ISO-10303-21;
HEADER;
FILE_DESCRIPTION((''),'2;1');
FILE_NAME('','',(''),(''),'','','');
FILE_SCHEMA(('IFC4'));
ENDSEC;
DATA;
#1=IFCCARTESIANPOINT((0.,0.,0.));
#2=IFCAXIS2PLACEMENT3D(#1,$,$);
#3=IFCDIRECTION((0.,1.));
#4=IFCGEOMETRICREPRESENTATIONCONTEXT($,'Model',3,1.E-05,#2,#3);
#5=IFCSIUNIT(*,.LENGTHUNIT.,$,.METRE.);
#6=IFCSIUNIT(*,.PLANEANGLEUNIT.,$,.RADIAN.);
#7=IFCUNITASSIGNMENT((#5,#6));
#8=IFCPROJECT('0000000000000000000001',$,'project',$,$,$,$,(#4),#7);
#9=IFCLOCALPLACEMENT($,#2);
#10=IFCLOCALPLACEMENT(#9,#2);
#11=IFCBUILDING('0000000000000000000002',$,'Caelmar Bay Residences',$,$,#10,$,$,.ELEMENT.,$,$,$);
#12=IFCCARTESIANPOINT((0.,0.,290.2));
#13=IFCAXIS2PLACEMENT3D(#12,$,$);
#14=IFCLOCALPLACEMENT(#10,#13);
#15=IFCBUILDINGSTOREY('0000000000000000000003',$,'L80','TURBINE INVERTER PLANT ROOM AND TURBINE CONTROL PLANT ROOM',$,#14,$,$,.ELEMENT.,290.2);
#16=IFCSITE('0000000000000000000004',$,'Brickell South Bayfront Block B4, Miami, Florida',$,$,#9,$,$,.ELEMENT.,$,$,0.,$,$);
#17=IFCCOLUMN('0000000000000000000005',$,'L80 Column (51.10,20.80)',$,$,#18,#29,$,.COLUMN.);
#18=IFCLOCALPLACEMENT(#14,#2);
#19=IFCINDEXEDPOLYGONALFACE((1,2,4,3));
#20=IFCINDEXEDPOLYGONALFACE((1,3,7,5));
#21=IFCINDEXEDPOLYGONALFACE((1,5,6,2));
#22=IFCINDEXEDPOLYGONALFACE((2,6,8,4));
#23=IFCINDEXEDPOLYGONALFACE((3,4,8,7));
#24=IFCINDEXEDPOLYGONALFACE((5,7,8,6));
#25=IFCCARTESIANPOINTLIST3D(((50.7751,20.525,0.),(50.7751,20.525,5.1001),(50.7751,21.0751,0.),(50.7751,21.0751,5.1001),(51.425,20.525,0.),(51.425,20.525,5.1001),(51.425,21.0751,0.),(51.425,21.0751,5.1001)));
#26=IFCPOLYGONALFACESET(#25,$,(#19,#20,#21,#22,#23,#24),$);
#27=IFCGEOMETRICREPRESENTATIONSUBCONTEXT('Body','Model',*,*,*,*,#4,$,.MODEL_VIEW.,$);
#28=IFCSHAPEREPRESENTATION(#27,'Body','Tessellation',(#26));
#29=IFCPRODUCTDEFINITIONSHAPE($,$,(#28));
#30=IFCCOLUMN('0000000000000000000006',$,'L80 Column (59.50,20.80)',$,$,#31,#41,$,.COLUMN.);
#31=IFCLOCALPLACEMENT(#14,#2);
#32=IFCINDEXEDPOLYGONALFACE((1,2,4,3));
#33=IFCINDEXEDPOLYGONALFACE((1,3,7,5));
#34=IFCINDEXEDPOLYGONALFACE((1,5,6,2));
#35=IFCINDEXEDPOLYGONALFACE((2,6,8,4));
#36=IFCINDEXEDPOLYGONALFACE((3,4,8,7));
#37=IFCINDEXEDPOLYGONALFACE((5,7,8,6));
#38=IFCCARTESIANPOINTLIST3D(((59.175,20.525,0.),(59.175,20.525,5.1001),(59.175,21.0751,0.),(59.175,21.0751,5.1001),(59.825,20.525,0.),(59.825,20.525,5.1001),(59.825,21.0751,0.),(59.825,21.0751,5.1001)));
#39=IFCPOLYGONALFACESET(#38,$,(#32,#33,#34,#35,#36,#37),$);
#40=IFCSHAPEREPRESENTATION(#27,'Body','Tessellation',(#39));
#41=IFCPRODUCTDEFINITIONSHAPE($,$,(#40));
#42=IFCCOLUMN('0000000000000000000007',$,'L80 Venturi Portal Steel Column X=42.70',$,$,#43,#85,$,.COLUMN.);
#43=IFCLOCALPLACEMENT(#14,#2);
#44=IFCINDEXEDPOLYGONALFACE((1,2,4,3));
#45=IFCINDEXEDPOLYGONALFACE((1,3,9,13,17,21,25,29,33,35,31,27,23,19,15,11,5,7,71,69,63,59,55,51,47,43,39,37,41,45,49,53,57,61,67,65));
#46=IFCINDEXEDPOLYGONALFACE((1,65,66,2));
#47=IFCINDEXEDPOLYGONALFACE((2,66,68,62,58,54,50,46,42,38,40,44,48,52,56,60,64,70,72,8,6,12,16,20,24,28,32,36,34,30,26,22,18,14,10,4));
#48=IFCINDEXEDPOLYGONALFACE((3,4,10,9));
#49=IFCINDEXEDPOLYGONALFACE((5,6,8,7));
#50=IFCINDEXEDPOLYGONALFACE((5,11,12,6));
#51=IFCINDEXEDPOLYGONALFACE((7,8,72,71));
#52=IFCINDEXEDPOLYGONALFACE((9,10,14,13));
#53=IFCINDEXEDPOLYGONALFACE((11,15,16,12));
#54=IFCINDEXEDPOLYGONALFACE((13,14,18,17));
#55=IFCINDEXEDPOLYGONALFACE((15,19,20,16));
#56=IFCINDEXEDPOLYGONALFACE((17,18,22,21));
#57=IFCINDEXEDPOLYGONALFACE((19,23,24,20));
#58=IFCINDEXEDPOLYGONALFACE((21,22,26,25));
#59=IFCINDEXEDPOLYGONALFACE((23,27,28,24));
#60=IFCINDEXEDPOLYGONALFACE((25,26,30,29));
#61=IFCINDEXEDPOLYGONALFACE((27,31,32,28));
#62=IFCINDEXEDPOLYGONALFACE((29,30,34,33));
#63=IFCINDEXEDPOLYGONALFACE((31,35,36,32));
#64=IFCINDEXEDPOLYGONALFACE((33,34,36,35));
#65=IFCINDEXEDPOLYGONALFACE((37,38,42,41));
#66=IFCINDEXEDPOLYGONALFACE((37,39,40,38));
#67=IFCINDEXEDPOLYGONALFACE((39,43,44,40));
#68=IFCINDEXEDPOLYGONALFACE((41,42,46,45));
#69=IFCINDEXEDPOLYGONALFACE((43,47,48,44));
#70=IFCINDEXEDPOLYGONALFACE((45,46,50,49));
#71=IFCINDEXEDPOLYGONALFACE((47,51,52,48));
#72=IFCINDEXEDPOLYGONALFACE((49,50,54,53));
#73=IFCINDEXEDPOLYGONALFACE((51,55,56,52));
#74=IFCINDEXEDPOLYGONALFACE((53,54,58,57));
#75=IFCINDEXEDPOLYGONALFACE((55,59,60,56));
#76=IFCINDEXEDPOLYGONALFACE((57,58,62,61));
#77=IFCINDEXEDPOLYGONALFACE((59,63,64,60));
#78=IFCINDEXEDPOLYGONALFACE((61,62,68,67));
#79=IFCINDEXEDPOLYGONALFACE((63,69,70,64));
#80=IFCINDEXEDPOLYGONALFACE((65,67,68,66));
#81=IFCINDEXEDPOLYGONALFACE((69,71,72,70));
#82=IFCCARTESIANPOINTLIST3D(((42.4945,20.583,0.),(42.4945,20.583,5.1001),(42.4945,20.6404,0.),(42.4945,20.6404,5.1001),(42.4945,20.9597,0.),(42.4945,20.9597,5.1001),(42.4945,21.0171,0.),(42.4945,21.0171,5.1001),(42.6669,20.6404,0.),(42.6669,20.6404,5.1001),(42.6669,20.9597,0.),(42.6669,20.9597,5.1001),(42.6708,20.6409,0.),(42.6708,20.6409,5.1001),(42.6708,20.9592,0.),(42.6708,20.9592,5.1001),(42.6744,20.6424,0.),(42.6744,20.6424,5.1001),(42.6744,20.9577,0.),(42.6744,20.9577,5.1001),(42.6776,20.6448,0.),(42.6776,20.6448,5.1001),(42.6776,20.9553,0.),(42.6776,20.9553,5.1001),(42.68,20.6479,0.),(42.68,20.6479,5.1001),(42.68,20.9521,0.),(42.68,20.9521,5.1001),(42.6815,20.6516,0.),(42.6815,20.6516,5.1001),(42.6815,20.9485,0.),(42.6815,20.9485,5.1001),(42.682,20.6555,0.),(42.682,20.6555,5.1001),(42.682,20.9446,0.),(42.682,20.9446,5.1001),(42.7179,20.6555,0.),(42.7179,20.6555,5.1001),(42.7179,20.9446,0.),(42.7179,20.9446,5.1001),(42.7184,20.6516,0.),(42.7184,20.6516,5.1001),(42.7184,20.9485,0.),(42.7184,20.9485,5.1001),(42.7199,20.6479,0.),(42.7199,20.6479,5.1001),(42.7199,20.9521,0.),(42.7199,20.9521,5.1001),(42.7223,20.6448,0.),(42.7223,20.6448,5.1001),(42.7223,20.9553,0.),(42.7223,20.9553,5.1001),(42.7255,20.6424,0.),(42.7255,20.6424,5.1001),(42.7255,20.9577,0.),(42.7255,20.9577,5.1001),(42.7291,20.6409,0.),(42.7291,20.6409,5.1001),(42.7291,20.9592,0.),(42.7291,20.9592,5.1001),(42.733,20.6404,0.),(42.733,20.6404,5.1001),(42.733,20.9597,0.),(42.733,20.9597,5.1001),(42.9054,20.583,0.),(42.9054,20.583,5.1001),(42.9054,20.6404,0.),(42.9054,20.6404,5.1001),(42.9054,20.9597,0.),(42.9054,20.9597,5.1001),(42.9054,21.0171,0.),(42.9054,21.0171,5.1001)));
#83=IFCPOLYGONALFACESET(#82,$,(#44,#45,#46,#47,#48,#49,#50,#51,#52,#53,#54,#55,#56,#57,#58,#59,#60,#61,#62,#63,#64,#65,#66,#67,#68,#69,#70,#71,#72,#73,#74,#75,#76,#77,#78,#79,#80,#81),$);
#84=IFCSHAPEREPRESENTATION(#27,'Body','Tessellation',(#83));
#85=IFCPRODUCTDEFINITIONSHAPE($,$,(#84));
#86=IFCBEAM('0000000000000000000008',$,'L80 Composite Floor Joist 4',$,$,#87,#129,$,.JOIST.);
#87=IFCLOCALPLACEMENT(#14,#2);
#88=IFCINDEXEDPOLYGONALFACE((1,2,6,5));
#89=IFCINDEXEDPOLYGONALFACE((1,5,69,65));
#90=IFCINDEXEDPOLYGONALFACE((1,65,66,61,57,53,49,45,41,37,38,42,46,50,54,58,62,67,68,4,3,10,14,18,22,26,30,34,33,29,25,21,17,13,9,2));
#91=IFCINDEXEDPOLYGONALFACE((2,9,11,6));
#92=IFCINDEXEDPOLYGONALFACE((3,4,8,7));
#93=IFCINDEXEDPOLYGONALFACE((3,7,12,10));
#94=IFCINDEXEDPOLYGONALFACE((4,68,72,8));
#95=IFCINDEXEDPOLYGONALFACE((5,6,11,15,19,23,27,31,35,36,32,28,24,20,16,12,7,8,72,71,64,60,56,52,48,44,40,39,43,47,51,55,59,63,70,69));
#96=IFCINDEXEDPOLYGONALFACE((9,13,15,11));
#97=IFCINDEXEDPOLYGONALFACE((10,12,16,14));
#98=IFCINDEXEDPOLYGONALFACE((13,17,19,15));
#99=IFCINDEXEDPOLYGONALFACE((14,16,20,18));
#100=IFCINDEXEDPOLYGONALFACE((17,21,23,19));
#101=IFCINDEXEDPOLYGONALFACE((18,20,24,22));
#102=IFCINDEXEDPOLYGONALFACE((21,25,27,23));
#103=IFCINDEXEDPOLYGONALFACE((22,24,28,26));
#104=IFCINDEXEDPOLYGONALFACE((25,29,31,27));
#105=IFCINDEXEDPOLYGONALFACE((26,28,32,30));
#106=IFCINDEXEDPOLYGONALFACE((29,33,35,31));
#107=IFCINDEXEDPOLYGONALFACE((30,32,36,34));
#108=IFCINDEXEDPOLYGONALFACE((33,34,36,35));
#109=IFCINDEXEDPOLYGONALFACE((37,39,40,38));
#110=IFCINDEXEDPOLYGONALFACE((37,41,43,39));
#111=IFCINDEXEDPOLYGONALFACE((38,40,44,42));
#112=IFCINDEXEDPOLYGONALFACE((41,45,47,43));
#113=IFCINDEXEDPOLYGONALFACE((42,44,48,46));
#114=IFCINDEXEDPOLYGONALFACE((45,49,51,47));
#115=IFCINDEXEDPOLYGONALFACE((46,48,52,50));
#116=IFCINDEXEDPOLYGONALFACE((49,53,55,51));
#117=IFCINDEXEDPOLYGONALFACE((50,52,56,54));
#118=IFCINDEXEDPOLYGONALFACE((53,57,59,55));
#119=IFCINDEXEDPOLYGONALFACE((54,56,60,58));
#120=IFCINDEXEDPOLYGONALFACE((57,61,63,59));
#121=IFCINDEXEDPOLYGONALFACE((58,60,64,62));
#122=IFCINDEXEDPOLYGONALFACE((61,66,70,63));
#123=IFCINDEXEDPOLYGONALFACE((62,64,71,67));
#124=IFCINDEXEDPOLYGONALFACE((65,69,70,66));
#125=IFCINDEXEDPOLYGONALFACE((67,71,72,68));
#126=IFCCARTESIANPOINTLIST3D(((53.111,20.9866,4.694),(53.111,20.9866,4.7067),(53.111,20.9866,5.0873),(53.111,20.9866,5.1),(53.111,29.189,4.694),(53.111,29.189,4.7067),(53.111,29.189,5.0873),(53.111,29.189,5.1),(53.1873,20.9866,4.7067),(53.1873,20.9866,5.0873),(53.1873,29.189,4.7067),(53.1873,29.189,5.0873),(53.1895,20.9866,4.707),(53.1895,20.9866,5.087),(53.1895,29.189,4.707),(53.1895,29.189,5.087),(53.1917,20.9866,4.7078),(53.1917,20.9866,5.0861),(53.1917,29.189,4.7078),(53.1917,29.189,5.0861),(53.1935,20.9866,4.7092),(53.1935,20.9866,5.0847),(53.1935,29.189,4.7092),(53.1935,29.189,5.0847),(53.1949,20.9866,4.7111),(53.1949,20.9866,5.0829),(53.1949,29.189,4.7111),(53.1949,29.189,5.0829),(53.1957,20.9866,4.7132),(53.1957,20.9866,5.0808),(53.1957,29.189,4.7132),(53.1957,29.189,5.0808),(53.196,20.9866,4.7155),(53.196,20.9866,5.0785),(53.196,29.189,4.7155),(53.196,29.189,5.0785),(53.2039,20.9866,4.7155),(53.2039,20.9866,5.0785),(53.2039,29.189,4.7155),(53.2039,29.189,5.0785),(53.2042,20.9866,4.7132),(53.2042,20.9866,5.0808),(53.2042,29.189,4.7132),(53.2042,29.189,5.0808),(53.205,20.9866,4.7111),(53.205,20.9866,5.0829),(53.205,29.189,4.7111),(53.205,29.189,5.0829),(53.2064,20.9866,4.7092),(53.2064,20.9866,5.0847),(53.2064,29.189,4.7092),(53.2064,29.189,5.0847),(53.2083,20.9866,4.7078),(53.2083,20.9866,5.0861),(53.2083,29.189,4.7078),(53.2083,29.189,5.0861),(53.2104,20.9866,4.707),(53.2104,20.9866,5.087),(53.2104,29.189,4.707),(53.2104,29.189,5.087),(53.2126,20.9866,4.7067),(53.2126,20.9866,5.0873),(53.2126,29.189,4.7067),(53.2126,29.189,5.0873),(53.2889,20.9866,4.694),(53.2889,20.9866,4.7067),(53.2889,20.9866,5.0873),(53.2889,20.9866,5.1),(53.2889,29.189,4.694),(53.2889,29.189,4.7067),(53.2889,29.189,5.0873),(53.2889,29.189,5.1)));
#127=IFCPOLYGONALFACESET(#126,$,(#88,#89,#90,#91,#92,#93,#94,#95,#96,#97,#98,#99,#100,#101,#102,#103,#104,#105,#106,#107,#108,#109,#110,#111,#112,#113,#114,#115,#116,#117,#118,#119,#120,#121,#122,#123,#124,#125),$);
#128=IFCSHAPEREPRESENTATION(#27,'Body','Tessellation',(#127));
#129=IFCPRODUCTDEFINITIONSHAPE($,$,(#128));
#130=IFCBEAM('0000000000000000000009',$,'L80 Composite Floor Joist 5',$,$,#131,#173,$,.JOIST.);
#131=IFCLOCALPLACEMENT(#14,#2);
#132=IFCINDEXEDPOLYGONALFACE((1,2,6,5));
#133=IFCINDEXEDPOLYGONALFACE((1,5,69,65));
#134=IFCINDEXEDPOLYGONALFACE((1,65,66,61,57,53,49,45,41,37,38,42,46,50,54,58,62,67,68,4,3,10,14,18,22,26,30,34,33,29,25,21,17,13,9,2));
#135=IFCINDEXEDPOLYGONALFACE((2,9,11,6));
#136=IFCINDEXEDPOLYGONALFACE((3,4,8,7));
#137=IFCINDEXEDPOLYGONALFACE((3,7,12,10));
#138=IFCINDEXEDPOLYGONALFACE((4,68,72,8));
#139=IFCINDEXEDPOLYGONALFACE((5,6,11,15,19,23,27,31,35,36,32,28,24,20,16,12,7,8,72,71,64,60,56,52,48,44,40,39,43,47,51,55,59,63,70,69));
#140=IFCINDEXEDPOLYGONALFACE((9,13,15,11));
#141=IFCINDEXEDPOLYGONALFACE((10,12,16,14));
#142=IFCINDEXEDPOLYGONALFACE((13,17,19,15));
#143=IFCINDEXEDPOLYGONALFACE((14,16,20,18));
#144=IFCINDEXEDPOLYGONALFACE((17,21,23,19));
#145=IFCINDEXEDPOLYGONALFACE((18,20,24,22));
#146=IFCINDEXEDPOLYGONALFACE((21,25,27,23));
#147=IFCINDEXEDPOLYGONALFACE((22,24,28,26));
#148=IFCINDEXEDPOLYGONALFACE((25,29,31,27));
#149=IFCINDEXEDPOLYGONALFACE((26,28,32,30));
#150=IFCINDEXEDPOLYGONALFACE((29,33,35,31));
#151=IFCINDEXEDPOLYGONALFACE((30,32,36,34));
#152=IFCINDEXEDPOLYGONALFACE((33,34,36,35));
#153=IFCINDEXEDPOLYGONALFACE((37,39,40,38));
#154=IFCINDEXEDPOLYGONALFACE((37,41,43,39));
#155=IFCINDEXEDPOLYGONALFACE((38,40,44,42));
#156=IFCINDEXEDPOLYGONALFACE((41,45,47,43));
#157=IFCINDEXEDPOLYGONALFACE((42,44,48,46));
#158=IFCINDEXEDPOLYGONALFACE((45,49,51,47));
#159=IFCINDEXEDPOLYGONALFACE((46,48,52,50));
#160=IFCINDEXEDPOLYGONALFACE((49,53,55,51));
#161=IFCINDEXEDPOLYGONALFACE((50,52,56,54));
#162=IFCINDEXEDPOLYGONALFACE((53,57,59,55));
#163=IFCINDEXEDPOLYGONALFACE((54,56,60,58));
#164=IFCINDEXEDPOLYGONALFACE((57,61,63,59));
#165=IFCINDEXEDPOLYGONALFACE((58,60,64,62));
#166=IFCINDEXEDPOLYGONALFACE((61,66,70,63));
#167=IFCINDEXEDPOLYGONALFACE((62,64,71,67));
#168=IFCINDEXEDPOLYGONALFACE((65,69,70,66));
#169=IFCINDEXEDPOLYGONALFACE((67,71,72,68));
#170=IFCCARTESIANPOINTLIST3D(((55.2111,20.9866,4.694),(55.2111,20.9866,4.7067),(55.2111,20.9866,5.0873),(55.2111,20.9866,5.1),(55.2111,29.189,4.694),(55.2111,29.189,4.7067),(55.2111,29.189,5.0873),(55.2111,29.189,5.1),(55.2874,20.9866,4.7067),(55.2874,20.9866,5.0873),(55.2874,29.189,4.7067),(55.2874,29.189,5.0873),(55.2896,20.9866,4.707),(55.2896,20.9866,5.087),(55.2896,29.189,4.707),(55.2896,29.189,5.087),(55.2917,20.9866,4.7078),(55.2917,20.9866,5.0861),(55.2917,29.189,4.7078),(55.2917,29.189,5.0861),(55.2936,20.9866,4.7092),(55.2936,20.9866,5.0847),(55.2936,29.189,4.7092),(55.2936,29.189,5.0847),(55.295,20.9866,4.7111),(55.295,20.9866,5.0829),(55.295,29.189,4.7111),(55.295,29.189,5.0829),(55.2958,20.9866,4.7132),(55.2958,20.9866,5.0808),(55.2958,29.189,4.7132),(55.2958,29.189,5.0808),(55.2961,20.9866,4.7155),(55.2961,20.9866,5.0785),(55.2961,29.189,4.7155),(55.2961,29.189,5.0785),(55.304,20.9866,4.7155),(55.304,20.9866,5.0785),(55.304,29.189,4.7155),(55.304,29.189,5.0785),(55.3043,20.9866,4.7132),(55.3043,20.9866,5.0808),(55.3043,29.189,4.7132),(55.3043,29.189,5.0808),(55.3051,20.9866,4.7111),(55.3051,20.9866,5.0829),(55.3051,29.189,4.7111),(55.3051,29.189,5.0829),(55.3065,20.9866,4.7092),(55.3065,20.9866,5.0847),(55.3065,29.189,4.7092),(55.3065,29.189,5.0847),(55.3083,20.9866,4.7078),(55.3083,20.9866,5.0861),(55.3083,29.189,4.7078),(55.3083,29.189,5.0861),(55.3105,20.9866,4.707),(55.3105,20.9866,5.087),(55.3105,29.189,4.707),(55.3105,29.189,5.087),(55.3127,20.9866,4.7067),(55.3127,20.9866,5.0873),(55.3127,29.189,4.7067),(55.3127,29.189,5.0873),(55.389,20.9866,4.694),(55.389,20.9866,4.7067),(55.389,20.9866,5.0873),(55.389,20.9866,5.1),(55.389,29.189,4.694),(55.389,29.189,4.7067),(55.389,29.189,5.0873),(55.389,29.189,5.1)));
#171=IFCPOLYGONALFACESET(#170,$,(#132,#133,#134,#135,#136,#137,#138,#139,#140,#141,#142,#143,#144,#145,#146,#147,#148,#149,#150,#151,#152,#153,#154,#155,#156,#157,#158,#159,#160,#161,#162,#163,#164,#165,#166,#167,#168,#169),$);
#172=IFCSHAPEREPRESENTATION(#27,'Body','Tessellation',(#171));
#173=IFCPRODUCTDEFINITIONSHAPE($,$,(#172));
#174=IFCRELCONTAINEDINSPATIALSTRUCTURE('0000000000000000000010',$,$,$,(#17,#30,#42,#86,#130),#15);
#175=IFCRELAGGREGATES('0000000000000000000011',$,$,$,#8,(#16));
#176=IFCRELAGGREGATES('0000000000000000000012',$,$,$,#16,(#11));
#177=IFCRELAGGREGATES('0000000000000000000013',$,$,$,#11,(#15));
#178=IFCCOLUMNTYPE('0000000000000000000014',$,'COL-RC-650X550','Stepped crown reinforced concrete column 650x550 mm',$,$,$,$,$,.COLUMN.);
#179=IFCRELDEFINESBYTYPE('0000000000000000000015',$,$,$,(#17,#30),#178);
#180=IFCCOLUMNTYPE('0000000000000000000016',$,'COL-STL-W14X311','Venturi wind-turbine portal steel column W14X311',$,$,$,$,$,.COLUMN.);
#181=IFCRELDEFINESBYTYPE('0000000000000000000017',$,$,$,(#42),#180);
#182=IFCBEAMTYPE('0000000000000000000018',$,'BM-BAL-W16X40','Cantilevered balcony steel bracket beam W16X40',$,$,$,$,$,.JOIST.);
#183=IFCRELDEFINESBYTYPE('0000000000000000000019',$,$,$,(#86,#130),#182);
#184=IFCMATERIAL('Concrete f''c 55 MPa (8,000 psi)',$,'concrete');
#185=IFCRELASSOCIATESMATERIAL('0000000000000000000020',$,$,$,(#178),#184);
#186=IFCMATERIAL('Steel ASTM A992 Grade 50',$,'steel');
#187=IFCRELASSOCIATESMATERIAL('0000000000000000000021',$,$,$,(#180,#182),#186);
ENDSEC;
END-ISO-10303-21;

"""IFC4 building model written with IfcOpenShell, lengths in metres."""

from ifc_helpers import new_model, si_unit, direction, frame, origin, origin_2d, place, context, subcontext, project, spatial, rectangle, i_section, extrude, material, material_profile, profile_set, type_object, element, save


model = new_model("IFC4")

# Units and contexts
model_context = context("Model", 3, precision=1e-05, world=origin(), true_north=direction((0.0, 1.0)))
body_context = subcontext(model_context, "Body", "Model", "MODEL_VIEW")
ifc_project = project(units=[si_unit("LENGTHUNIT", "METRE"), si_unit("PLANEANGLEUNIT", "RADIAN")], contexts=[model_context])

# Site, building, storey
site_placement = place(None, origin())
site = spatial("IfcSite", under=ifc_project, at=site_placement, Name="Brickell South Bayfront Block B4, Miami, Florida", CompositionType="ELEMENT", RefElevation=0.0)
building_placement = place(site_placement, origin())
building = spatial("IfcBuilding", under=site, at=building_placement, Name="Caelmar Bay Residences", CompositionType="ELEMENT")
storey_placement = place(building_placement, frame((0.0, 0.0, 290.2)))
storey = spatial("IfcBuildingStorey", under=building, at=storey_placement, Name="L80", Description="TURBINE INVERTER PLANT ROOM AND TURBINE CONTROL PLANT ROOM", CompositionType="ELEMENT", Elevation=290.2)

# Columns
ifc_material_1 = material(Name="Concrete f'c 55 MPa (8,000 psi)", Category="concrete")
ifc_material_profile_1 = material_profile(ifc_material_1, rectangle(XDim=0.6499, YDim=0.55, at=origin_2d()), Name="RC-COL-650X550")
ifc_profile_set_1 = profile_set([ifc_material_profile_1], Name="Concrete f'c 55 MPa (8,000 psi)")
column_type_1 = type_object("IfcColumnType", Name="COL-RC-650X550", Description="Stepped crown reinforced concrete column 650x550 mm", PredefinedType="COLUMN", material=ifc_profile_set_1)
for number, where, z_axis, x_axis, name in (
    (1, (51.1001, 20.8, 0.0), (0.0, 0.0, 1.0), (1.0, 0.0, 0.0), "L80 Column (51.10,20.80)"),
    (2, (59.5, 20.8, 0.0), (0.0, 0.0, 1.0), (1.0, 0.0, 0.0), "L80 Column (59.50,20.80)"),
):
    element("IfcColumn", number, at=place(storey_placement, frame(where, z_axis=z_axis, x_axis=x_axis)), inside=storey, type_object=column_type_1, Name=name, PredefinedType="COLUMN", context=body_context, shape_type="SweptSolid", body=[
        extrude(rectangle(XDim=0.6499, YDim=0.55, at=origin_2d()), origin(), (0.0, 0.0, 1.0), 5.1001),
    ])
ifc_material_2 = material(Name="Steel ASTM A992 Grade 50", Category="steel")
ifc_material_profile_2 = material_profile(ifc_material_2, i_section(OverallWidth=0.4109, OverallDepth=0.4341, WebThickness=0.0359, FlangeThickness=0.0574, FilletRadius=0.0151, at=origin_2d()), Name="W14X311")
ifc_profile_set_2 = profile_set([ifc_material_profile_2], Name="Steel ASTM A992 Grade 50")
column_type_2 = type_object("IfcColumnType", Name="COL-STL-W14X311", Description="Venturi wind-turbine portal steel column W14X311", PredefinedType="COLUMN", material=ifc_profile_set_2)
column_placement = place(storey_placement, frame((42.7, 20.8, 0.0), z_axis=(0.0, 0.0, 1.0), x_axis=(1.0, 0.0, 0.0)))
element("IfcColumn", 3, at=column_placement, inside=storey, type_object=column_type_2, Name="L80 Venturi Portal Steel Column X=42.70", PredefinedType="COLUMN", context=body_context, shape_type="SweptSolid", body=[
    extrude(i_section(OverallWidth=0.4109, OverallDepth=0.4341, WebThickness=0.0359, FlangeThickness=0.0574, FilletRadius=0.0151, at=origin_2d()), origin(), (0.0, 0.0, 1.0), 5.1001),
])

# Beams
ifc_material_profile_3 = material_profile(ifc_material_2, i_section(OverallWidth=0.178, OverallDepth=0.406, WebThickness=0.0078, FlangeThickness=0.0127, FilletRadius=0.0088, at=origin_2d()), Name="W16X40")
ifc_profile_set_3 = profile_set([ifc_material_profile_3], Name="Steel ASTM A992 Grade 50")
beam_type_1 = type_object("IfcBeamType", Name="BM-BAL-W16X40", Description="Cantilevered balcony steel bracket beam W16X40", PredefinedType="JOIST", material=ifc_profile_set_3)
for number, where, z_axis, x_axis, name in (
    (4, (53.2, 20.9866, 4.897), (0.0, 1.0, 0.0), (-1.0, 0.0, 0.0), "L80 Composite Floor Joist 4"),
    (5, (55.3, 20.9866, 4.897), (0.0, 1.0, 0.0), (-1.0, 0.0, 0.0), "L80 Composite Floor Joist 5"),
):
    element("IfcBeam", number, at=place(storey_placement, frame(where, z_axis=z_axis, x_axis=x_axis)), inside=storey, type_object=beam_type_1, Name=name, PredefinedType="JOIST", context=body_context, shape_type="SweptSolid", body=[
        extrude(i_section(OverallWidth=0.178, OverallDepth=0.406, WebThickness=0.0078, FlangeThickness=0.0127, FilletRadius=0.0088, at=origin_2d()), origin(), (0.0, 0.0, 1.0), 8.2024),
    ])

save(model, "model.ifc")
